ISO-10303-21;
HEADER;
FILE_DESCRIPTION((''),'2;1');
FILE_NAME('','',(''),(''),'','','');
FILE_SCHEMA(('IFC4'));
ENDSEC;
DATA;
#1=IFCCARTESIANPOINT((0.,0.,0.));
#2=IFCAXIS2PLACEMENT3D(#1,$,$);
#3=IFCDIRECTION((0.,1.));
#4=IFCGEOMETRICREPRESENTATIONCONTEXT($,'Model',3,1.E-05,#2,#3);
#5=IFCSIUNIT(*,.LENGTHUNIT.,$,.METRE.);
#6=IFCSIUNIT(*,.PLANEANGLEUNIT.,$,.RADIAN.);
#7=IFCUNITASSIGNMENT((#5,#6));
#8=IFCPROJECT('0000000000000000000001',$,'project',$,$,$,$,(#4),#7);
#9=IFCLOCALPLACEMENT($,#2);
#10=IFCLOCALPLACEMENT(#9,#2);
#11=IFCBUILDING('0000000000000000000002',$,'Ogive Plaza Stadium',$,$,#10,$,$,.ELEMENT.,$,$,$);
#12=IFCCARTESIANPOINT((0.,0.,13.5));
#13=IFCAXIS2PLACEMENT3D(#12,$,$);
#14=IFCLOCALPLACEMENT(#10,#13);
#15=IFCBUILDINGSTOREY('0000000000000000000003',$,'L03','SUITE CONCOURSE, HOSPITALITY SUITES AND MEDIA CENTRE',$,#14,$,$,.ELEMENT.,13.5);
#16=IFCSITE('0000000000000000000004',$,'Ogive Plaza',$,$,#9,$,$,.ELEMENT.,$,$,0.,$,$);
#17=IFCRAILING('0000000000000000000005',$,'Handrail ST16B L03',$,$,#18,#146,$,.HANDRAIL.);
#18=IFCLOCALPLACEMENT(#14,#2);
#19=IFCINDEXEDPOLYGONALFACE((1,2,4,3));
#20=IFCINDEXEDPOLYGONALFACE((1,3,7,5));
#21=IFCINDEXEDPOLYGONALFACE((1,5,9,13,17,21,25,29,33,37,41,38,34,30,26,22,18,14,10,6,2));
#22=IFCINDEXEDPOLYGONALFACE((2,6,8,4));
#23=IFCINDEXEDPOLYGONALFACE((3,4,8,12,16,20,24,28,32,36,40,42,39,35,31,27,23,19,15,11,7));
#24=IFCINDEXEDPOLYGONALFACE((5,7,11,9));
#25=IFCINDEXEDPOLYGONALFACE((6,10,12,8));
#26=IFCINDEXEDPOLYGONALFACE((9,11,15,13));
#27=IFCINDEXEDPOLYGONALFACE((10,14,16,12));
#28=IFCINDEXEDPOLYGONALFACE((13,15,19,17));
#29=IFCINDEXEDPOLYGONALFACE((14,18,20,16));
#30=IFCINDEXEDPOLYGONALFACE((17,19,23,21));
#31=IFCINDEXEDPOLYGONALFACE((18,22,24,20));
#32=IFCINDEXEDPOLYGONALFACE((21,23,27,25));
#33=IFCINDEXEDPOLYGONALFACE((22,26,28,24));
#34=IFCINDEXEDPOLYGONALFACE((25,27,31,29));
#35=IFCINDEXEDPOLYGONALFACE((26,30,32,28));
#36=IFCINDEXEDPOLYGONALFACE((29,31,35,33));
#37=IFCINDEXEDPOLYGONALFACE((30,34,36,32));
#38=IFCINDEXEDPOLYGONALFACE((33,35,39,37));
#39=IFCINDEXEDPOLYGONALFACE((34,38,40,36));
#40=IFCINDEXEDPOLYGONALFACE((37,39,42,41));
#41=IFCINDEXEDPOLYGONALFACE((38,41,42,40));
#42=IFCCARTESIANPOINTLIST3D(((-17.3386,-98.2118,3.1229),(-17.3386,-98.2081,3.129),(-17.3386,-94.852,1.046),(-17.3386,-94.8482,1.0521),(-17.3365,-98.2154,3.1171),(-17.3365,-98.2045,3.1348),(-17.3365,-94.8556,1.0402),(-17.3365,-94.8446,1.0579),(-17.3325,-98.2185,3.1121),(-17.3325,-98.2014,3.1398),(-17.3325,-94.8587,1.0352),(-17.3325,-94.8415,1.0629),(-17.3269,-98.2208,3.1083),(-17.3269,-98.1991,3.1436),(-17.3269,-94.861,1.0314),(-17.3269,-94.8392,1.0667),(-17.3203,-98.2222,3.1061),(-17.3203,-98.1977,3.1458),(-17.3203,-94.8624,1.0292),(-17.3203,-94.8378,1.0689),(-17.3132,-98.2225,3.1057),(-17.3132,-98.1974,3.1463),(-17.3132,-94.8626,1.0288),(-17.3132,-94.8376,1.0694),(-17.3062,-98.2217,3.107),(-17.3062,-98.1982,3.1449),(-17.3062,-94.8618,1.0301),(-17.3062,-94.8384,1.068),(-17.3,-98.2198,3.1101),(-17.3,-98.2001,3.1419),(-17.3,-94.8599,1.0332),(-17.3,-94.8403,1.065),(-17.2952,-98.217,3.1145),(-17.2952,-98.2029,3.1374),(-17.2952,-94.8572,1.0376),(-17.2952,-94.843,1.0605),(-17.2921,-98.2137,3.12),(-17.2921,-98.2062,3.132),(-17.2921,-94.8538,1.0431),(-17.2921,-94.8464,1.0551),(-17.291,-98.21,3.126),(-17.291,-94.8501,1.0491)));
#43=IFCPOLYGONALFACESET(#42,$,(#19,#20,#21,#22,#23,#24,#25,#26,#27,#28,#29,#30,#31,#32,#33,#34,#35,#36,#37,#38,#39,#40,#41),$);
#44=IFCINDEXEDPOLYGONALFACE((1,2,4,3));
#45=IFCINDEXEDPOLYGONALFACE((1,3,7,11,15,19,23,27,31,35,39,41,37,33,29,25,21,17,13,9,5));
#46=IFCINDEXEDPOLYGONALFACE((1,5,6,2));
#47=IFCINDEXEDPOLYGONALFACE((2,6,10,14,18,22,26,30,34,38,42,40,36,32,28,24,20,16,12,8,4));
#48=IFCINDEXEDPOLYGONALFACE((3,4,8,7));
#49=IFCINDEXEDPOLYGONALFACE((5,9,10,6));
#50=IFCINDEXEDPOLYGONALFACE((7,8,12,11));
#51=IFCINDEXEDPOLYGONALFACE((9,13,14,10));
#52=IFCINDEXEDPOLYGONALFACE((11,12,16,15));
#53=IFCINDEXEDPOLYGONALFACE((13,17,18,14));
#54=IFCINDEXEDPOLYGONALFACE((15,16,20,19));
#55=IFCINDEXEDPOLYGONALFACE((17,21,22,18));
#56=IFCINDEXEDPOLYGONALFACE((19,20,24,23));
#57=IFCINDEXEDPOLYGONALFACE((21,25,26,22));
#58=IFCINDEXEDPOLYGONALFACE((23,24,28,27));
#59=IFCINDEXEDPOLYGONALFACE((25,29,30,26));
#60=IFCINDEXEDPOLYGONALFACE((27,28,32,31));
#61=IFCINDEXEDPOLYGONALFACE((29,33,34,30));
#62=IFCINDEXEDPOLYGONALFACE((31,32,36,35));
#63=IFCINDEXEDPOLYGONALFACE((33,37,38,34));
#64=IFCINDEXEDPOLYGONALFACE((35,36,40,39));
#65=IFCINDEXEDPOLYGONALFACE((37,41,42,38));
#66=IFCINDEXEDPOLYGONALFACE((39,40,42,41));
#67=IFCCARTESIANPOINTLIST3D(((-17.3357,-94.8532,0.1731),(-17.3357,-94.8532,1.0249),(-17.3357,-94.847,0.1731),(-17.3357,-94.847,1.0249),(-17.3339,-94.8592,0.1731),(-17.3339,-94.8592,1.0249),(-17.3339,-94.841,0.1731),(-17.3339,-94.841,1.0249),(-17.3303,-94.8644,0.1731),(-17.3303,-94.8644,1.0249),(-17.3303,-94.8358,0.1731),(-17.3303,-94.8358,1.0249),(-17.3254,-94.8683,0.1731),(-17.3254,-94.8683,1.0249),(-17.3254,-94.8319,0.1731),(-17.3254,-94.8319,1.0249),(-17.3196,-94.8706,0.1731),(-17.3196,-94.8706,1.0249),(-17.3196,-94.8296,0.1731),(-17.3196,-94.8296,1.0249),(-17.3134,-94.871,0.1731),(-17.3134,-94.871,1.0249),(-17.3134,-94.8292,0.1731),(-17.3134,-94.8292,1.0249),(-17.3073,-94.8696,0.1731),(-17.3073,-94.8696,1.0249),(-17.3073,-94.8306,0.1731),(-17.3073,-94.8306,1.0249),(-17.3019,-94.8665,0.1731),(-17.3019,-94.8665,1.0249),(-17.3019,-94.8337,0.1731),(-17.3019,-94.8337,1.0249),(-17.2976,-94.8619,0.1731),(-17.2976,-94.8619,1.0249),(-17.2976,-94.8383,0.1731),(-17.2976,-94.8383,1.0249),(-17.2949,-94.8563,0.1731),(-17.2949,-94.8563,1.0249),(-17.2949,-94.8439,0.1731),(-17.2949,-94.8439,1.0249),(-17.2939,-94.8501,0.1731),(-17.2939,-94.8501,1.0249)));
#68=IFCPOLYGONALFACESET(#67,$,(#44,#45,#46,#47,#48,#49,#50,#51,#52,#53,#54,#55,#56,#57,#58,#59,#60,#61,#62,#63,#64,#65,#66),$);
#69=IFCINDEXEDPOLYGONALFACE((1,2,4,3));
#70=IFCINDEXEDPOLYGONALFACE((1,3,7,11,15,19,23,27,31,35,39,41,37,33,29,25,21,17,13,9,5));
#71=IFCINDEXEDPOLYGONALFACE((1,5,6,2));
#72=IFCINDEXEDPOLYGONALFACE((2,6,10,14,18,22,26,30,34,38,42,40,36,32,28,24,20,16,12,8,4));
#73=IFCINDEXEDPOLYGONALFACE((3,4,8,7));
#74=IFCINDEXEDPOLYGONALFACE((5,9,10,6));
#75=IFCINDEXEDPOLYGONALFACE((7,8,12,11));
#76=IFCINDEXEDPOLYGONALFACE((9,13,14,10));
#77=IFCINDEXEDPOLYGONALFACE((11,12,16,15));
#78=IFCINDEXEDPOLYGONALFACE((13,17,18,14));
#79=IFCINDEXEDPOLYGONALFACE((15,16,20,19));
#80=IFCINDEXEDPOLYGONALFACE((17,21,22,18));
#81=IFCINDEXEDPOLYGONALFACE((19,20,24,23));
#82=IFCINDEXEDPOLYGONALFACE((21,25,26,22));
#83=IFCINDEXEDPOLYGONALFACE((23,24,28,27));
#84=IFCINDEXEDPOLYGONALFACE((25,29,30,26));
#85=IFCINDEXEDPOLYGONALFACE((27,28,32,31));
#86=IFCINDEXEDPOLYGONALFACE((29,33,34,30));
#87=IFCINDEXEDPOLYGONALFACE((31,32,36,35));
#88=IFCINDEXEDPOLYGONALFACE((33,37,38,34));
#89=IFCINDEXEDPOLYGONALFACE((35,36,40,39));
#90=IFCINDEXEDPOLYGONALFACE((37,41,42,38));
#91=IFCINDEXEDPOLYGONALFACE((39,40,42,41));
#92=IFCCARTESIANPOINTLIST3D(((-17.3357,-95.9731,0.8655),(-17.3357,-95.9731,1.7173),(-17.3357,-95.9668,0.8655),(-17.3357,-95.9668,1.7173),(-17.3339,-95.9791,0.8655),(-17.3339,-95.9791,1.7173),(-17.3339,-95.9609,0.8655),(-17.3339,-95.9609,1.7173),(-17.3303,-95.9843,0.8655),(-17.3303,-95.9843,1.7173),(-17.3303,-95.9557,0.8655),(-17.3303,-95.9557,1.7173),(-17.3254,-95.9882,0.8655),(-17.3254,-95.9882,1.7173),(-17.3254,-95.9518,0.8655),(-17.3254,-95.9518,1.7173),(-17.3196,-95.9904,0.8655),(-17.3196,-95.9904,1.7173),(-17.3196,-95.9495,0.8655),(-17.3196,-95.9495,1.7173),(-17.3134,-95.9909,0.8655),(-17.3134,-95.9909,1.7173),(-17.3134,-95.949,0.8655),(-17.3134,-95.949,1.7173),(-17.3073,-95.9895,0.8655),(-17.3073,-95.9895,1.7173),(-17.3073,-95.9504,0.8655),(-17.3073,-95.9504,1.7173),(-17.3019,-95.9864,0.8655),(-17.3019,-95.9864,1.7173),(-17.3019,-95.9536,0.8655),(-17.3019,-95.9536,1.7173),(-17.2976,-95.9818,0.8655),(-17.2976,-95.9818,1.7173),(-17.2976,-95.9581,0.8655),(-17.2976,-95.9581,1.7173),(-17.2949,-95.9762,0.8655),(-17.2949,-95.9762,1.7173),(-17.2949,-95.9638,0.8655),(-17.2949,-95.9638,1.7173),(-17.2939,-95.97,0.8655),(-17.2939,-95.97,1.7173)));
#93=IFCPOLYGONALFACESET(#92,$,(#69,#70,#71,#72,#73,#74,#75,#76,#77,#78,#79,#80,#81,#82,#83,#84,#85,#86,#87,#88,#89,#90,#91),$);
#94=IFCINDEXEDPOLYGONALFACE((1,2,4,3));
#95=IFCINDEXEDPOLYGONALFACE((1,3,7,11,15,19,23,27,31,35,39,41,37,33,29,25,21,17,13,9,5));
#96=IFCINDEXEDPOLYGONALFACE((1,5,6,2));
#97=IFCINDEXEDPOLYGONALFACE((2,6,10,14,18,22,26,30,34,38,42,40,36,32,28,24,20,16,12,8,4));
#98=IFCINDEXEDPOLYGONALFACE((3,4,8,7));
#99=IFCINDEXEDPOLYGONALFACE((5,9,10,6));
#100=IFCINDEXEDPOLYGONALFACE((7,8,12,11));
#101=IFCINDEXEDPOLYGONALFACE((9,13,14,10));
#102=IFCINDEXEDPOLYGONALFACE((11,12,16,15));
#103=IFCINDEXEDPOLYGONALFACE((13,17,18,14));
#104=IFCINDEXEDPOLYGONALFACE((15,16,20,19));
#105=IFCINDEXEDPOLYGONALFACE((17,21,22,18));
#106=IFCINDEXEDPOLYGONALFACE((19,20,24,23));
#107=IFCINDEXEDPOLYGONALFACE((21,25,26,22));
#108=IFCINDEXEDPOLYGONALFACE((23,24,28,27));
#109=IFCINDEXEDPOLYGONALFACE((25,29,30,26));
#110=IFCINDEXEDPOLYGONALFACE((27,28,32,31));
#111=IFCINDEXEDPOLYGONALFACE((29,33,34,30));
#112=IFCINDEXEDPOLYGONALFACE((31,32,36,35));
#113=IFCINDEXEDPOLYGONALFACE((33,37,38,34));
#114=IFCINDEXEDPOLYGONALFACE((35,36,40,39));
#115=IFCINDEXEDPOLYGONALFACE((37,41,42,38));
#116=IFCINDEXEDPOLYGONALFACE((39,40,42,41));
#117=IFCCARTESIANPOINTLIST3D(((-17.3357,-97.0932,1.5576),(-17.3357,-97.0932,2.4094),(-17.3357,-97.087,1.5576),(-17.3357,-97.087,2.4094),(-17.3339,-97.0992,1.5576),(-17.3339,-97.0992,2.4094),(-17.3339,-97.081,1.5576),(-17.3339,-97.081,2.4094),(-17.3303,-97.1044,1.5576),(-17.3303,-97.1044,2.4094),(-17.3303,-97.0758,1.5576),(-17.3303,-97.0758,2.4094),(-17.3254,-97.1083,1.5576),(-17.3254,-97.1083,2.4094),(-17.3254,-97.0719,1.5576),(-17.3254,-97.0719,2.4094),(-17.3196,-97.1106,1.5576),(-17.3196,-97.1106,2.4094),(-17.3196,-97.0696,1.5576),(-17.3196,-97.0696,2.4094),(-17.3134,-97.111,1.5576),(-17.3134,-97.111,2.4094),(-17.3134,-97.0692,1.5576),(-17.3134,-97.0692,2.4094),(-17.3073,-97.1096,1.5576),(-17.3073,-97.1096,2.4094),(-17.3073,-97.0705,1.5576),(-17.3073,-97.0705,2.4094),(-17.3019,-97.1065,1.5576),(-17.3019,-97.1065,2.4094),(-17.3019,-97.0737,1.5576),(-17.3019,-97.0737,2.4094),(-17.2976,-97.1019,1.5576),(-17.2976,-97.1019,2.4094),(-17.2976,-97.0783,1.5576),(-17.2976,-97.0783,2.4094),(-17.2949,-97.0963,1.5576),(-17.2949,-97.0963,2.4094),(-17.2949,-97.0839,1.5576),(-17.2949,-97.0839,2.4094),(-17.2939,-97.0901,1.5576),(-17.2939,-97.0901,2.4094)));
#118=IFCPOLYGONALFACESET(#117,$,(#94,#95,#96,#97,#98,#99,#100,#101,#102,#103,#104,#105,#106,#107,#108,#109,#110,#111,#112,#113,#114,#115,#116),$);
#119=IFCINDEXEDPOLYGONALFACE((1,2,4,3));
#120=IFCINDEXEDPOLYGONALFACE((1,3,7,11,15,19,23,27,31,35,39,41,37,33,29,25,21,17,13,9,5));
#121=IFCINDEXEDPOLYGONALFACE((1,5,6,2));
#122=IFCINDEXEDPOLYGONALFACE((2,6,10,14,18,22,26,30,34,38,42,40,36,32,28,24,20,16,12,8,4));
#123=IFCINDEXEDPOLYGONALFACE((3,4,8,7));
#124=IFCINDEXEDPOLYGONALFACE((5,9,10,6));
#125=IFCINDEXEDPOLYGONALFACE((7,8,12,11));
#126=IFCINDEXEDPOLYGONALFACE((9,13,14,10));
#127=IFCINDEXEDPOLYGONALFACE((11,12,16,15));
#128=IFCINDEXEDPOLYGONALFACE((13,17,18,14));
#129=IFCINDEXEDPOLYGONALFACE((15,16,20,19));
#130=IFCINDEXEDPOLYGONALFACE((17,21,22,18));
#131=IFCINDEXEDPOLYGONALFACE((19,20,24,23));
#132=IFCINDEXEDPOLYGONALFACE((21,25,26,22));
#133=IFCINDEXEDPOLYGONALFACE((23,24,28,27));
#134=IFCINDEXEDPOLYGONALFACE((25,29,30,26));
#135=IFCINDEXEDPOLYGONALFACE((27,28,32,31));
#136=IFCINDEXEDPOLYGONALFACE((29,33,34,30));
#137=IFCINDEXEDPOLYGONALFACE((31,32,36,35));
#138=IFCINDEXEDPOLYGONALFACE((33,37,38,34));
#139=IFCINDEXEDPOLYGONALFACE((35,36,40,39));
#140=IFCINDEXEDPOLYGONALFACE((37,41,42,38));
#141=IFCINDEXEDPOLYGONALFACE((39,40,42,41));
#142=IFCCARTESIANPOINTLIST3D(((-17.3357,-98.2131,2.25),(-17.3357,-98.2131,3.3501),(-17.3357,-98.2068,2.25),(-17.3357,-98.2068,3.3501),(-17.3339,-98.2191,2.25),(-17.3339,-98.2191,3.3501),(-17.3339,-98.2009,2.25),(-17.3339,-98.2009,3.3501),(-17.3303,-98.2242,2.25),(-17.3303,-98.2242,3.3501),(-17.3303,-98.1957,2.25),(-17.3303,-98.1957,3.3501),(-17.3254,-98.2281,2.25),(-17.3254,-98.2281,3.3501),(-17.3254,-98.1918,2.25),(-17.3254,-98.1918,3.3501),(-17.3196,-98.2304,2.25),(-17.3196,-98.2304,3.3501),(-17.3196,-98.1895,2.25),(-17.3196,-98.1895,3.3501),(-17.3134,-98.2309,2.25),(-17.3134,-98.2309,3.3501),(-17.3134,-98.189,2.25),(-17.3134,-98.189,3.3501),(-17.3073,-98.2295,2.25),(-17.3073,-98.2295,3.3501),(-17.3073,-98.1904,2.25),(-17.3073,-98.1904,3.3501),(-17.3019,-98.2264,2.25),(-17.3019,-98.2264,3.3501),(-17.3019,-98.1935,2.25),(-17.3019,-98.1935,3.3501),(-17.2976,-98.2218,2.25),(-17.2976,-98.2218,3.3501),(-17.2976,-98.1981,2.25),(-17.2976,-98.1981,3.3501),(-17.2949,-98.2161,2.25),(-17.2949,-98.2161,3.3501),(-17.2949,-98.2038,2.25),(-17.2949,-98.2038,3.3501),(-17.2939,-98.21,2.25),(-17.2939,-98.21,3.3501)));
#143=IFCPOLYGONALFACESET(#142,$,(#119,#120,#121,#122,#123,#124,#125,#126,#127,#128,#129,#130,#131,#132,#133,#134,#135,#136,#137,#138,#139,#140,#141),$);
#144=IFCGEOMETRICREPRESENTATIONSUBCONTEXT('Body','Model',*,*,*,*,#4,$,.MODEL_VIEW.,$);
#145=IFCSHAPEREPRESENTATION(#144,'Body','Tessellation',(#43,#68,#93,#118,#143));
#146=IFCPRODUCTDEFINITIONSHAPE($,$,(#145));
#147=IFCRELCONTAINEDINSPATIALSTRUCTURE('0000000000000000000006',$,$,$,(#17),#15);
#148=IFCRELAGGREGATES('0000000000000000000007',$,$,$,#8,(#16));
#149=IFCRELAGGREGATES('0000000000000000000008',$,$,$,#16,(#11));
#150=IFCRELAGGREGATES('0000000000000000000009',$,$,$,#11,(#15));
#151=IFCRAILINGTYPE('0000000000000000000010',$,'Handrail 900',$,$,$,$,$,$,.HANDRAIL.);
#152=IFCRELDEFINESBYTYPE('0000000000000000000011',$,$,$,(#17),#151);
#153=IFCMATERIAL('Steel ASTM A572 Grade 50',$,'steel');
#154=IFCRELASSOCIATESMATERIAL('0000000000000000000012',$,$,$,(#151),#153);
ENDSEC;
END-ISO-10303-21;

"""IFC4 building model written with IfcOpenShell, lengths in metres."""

from ifc_helpers import new_model, si_unit, direction, frame, origin, origin_2d, place, context, subcontext, project, spatial, circle, extrude, material, type_object, element, save


model = new_model("IFC4")

# Units and contexts
model_context = context("Model", 3, precision=1e-05, world=origin(), true_north=direction((0.0, 1.0)))
body_context = subcontext(model_context, "Body", "Model", "MODEL_VIEW")
ifc_project = project(units=[si_unit("LENGTHUNIT", "METRE"), si_unit("PLANEANGLEUNIT", "RADIAN")], contexts=[model_context])

# Site, building, storey
site_placement = place(None, origin())
site = spatial("IfcSite", under=ifc_project, at=site_placement, Name="Ogive Plaza", CompositionType="ELEMENT", RefElevation=0.0)
building_placement = place(site_placement, origin())
building = spatial("IfcBuilding", under=site, at=building_placement, Name="Ogive Plaza Stadium", CompositionType="ELEMENT")
storey_placement = place(building_placement, frame((0.0, 0.0, 13.5)))
storey = spatial("IfcBuildingStorey", under=building, at=storey_placement, Name="L03", Description="SUITE CONCOURSE, HOSPITALITY SUITES AND MEDIA CENTRE", CompositionType="ELEMENT", Elevation=13.5)

# Railing
ifc_material_1 = material(Name="Steel ASTM A572 Grade 50", Category="steel")
railing_type_1 = type_object("IfcRailingType", Name="Handrail 900", PredefinedType="HANDRAIL", material=ifc_material_1)
for number, where, name in (
    (1, (-17.3149, -94.8501, 0.1731), "Handrail ST16B L03"),
):
    element("IfcRailing", number, at=place(storey_placement, frame(where)), inside=storey, type_object=railing_type_1, Name=name, PredefinedType="HANDRAIL", context=body_context, shape_type="SweptSolid", body=[
        extrude(circle(Radius=0.0239, at=origin_2d()), frame((0.0, 0.0, 0.876), z_axis=(0.0, -0.850606, 0.525803), x_axis=(1.0, 0.0, 0.0)), (0.0, 0.0, 1.0), 3.95),
        extrude(circle(Radius=0.021, at=origin_2d()), origin(), (0.0, 0.0, 1.0), 0.8518),
        extrude(circle(Radius=0.021, at=origin_2d()), frame((0.0, -1.1199, 0.6924)), (0.0, 0.0, 1.0), 0.8518),
        extrude(circle(Radius=0.021, at=origin_2d()), frame((0.0, -2.24, 1.3845)), (0.0, 0.0, 1.0), 0.8518),
        extrude(circle(Radius=0.021, at=origin_2d()), frame((0.0, -3.3599, 2.0769)), (0.0, 0.0, 1.0), 1.1001),
    ])

save(model, "model.ifc")
